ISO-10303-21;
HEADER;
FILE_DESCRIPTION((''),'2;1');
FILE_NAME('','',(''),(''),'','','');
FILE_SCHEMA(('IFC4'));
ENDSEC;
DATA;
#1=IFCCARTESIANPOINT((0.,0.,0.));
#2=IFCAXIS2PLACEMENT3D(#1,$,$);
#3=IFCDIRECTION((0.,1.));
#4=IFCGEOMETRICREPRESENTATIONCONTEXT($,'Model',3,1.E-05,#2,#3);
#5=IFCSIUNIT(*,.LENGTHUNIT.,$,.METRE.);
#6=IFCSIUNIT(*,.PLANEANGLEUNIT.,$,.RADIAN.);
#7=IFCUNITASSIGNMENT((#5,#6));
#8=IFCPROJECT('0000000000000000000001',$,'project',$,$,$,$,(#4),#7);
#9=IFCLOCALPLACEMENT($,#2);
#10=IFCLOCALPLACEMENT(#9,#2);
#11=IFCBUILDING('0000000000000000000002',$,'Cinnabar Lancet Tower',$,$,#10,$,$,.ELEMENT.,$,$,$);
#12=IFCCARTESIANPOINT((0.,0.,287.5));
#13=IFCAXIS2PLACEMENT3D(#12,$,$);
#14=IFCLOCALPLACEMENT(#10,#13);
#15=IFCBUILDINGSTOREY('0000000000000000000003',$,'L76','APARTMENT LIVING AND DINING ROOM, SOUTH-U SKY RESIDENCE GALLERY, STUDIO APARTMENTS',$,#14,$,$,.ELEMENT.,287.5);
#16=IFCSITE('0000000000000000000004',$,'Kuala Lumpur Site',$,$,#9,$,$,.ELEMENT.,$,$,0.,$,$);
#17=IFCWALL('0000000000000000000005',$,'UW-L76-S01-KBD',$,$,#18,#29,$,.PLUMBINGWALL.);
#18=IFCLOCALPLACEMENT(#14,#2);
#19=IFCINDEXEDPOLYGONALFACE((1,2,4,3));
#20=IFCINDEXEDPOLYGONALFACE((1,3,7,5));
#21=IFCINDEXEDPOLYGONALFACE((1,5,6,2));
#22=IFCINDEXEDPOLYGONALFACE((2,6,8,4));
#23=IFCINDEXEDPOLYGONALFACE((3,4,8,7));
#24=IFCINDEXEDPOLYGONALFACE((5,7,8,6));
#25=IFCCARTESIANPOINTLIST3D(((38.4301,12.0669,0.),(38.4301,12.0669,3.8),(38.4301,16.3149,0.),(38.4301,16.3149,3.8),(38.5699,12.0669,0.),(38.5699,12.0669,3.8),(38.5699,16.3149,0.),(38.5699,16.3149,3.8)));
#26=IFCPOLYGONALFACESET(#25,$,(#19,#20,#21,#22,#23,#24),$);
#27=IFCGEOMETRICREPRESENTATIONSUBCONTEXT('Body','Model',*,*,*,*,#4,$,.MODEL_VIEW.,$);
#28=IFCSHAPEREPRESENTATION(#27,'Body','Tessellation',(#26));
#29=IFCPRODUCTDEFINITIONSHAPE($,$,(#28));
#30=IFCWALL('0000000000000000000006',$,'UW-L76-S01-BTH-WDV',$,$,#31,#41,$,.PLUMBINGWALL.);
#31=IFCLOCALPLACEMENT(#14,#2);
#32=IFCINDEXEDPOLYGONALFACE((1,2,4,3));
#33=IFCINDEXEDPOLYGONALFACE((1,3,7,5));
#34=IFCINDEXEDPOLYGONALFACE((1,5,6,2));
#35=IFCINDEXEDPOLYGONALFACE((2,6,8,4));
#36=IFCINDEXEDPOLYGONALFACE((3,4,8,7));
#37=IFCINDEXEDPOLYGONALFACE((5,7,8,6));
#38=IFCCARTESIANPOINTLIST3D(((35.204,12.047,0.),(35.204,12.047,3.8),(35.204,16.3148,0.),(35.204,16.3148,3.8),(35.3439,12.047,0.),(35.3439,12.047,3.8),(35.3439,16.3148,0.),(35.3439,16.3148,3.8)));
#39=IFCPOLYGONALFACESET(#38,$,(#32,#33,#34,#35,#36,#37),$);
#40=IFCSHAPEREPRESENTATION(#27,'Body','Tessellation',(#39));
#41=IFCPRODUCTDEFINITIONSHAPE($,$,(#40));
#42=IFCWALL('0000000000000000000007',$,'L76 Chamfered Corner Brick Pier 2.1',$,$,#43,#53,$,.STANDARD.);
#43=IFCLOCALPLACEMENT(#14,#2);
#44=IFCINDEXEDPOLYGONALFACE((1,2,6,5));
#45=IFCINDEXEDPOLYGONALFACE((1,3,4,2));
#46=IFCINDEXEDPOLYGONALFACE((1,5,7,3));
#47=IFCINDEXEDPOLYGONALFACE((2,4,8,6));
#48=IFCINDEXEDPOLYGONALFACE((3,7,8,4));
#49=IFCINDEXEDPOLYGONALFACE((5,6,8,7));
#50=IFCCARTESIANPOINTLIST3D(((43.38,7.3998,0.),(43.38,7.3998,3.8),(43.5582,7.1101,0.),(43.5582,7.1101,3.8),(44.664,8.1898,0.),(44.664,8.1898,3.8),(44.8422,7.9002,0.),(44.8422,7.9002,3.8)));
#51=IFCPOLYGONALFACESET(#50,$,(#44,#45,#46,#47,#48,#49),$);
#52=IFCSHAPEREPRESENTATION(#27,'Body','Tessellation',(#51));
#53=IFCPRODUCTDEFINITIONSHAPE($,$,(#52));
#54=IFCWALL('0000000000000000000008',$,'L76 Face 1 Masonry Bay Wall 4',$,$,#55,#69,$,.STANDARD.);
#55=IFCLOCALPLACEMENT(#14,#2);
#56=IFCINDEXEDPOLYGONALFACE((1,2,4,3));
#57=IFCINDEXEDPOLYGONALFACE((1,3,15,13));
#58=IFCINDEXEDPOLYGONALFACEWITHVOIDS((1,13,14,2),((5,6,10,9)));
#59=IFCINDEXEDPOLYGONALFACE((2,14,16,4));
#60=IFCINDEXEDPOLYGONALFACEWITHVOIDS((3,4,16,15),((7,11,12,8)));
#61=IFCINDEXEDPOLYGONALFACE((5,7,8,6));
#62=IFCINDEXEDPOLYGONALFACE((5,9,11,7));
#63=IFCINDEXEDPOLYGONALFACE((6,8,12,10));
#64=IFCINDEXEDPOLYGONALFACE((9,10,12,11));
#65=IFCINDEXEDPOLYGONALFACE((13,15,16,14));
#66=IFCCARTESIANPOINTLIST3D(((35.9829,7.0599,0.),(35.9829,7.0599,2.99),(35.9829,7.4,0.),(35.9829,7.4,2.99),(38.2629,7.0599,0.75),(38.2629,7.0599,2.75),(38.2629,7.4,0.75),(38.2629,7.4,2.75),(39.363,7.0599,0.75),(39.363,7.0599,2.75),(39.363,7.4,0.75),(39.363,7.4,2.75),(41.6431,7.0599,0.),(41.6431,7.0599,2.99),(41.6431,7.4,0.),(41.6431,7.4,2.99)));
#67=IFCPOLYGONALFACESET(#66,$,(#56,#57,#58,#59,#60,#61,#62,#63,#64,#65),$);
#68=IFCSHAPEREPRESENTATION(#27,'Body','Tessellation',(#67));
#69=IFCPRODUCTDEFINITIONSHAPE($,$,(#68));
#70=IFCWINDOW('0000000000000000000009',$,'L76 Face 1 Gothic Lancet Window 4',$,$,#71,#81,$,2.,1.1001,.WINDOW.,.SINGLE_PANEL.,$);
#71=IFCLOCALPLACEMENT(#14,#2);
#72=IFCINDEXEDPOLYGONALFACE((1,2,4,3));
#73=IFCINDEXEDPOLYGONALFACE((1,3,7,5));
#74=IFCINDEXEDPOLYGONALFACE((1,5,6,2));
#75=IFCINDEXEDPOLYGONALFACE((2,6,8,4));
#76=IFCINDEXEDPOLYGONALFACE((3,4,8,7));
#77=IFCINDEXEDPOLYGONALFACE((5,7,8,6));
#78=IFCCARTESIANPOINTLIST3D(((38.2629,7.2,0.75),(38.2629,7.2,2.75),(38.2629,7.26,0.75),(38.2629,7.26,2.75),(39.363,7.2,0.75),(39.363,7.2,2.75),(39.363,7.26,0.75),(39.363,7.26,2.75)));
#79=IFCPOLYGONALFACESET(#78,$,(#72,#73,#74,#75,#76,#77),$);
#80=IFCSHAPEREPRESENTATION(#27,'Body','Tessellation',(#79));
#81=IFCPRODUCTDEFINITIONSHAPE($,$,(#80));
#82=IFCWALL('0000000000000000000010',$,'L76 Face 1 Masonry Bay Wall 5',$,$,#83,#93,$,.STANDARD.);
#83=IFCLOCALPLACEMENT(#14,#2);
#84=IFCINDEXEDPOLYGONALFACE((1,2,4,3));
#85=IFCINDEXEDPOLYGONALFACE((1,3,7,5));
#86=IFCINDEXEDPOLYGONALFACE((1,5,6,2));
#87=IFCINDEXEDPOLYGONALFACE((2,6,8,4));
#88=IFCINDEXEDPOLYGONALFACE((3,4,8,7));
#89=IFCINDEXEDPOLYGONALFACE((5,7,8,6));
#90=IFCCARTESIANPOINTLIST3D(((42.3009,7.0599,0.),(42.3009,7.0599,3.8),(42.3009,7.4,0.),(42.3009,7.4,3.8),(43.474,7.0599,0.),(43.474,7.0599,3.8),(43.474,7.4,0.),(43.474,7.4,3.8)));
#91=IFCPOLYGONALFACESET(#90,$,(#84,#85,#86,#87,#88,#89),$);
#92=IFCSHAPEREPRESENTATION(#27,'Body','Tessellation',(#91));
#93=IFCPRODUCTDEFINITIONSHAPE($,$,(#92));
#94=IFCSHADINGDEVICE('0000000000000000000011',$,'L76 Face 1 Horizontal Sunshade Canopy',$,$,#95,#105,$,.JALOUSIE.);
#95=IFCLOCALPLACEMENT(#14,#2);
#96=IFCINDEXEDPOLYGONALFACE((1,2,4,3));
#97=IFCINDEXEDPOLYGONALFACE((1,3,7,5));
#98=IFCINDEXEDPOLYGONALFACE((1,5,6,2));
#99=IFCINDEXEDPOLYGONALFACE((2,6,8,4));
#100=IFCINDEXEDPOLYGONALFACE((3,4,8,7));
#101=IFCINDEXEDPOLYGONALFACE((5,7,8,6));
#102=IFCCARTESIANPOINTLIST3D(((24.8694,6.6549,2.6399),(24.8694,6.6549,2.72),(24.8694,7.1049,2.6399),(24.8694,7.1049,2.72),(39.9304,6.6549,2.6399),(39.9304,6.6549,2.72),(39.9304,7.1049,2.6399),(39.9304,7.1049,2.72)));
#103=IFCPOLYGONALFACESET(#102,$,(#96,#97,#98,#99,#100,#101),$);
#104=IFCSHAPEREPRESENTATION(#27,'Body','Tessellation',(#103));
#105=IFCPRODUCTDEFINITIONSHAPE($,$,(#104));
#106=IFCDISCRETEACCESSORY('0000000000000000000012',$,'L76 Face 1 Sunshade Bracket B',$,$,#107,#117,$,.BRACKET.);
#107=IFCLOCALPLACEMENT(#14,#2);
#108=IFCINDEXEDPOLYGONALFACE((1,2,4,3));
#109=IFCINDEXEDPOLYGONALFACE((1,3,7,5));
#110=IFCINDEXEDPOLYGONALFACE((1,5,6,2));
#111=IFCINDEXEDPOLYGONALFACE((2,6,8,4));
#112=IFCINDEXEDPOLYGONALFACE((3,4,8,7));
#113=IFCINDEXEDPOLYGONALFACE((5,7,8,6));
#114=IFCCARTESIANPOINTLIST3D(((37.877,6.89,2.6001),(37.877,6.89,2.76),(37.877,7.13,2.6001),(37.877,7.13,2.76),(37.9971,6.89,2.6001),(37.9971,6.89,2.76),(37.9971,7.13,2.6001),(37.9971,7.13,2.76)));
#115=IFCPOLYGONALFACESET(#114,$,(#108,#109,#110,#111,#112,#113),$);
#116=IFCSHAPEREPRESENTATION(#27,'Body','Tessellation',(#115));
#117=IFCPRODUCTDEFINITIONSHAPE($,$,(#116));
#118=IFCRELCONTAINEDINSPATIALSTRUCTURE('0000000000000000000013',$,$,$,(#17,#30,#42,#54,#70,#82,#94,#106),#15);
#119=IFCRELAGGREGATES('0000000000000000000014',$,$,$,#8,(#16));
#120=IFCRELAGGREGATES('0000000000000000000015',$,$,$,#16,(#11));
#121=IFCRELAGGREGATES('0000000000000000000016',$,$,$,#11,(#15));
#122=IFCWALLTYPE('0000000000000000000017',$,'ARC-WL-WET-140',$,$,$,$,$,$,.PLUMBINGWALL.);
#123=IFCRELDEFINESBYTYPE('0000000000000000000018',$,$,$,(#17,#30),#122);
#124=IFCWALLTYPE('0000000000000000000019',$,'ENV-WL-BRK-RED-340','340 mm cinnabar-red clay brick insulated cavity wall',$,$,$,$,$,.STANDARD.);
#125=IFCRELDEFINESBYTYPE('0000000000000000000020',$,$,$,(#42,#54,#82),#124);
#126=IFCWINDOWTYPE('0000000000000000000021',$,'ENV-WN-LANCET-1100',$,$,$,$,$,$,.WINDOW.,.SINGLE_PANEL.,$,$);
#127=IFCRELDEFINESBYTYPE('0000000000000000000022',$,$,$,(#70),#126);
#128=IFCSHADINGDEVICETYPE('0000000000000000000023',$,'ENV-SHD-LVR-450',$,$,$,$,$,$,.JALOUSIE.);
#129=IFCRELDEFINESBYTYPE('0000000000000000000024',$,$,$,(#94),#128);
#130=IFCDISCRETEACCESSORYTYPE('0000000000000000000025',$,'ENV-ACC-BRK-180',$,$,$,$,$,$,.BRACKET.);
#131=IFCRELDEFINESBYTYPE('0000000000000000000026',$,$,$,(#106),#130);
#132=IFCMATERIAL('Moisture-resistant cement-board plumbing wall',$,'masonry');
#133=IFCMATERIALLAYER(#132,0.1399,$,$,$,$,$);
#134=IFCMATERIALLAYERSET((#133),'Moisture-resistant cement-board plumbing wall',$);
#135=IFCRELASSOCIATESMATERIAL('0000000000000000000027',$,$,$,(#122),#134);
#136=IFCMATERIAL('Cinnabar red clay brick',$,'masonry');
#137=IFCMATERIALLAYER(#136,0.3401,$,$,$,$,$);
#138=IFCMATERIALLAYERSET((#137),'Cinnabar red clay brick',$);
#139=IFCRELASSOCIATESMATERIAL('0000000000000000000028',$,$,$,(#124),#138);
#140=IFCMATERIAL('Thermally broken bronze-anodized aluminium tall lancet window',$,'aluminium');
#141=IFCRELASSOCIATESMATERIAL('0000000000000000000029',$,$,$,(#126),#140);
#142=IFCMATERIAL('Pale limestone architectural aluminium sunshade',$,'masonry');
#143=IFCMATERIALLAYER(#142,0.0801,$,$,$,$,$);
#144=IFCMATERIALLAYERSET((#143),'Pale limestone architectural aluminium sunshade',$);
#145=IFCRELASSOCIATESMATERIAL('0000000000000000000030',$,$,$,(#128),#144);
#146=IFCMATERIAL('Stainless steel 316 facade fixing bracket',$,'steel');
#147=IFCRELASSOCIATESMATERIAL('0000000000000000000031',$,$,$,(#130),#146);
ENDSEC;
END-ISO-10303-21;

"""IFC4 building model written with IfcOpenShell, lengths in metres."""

from ifc_helpers import new_model, si_unit, direction, frame, frame_2d, origin, origin_2d, place, context, subcontext, project, spatial, rectangle, extrude, material, layer, layer_set, type_object, element, fill, save


model = new_model("IFC4")

# Units and contexts
model_context = context("Model", 3, precision=1e-05, world=origin(), true_north=direction((0.0, 1.0)))
body_context = subcontext(model_context, "Body", "Model", "MODEL_VIEW")
ifc_project = project(units=[si_unit("LENGTHUNIT", "METRE"), si_unit("PLANEANGLEUNIT", "RADIAN")], contexts=[model_context])

# Site, building, storey
site_placement = place(None, origin())
site = spatial("IfcSite", under=ifc_project, at=site_placement, Name="Kuala Lumpur Site", CompositionType="ELEMENT", RefElevation=0.0)
building_placement = place(site_placement, origin())
building = spatial("IfcBuilding", under=site, at=building_placement, Name="Cinnabar Lancet Tower", CompositionType="ELEMENT")
storey_placement = place(building_placement, frame((0.0, 0.0, 287.5)))
storey = spatial("IfcBuildingStorey", under=building, at=storey_placement, Name="L76", Description="APARTMENT LIVING AND DINING ROOM, SOUTH-U SKY RESIDENCE GALLERY, STUDIO APARTMENTS", CompositionType="ELEMENT", Elevation=287.5)

# Walls
ifc_material_1 = material(Name="Moisture-resistant cement-board plumbing wall", Category="masonry")
ifc_layer_1 = layer(ifc_material_1, 0.1399)
ifc_layer_set_1 = layer_set([ifc_layer_1], Name="Moisture-resistant cement-board plumbing wall")
wall_type_1 = type_object("IfcWallType", Name="ARC-WL-WET-140", PredefinedType="PLUMBINGWALL", material=ifc_layer_set_1)
wall_1_placement = place(storey_placement, frame((38.5, 12.0669, 0.0), z_axis=(0.0, 0.0, 1.0), x_axis=(0.0, 1.0, 0.0)))
element("IfcWall", 1, at=wall_1_placement, inside=storey, type_object=wall_type_1, Name="UW-L76-S01-KBD", PredefinedType="PLUMBINGWALL", context=body_context, shape_type="SweptSolid", body=[
    extrude(rectangle(XDim=4.248, YDim=0.1399, at=frame_2d((2.124, 0.0))), origin(), (0.0, 0.0, 1.0), 3.8),
])
wall_2_placement = place(storey_placement, frame((35.2739, 12.0471, 0.0), z_axis=(0.0, 0.0, 1.0), x_axis=(0.0, 1.0, 0.0)))
element("IfcWall", 2, at=wall_2_placement, inside=storey, type_object=wall_type_1, Name="UW-L76-S01-BTH-WDV", PredefinedType="PLUMBINGWALL", context=body_context, shape_type="SweptSolid", body=[
    extrude(rectangle(XDim=4.2678, YDim=0.1399, at=frame_2d((2.1338, 0.0))), origin(), (0.0, 0.0, 1.0), 3.8),
])
ifc_material_2 = material(Name="Cinnabar red clay brick", Category="masonry")
ifc_layer_2 = layer(ifc_material_2, 0.3401)
ifc_layer_set_2 = layer_set([ifc_layer_2], Name="Cinnabar red clay brick")
wall_type_2 = type_object("IfcWallType", Name="ENV-WL-BRK-RED-340", Description="340 mm cinnabar-red clay brick insulated cavity wall", PredefinedType="STANDARD", material=ifc_layer_set_2)
wall_3_placement = place(storey_placement, frame((43.469, 7.2549, 0.0), z_axis=(0.0, 0.0, 1.0), x_axis=(0.851681, 0.524061, 0.0)))
element("IfcWall", 3, at=wall_3_placement, inside=storey, type_object=wall_type_2, Name="L76 Chamfered Corner Brick Pier 2.1", PredefinedType="STANDARD", context=body_context, shape_type="SweptSolid", body=[
    extrude(rectangle(XDim=1.5076, YDim=0.3401, at=frame_2d((0.7539, 0.0))), origin(), (0.0, 0.0, 1.0), 3.8),
])

# Wall, opening, window
wall_4_placement = place(storey_placement, frame((35.9829, 7.23, 0.0), z_axis=(0.0, 0.0, 1.0), x_axis=(1.0, 0.0, 0.0)))
wall_4 = element("IfcWall", 4, at=wall_4_placement, inside=storey, type_object=wall_type_2, Name="L76 Face 1 Masonry Bay Wall 4", PredefinedType="STANDARD", context=body_context, shape_type="SweptSolid", body=[
    extrude(rectangle(XDim=5.6602, YDim=0.3401, at=frame_2d((2.8301, 0.0))), origin(), (0.0, 0.0, 1.0), 2.99),
])
opening_placement = place(wall_4_placement, frame((2.28, 0.0, 0.75)))
opening = element("IfcOpeningElement", 5, at=opening_placement, cuts=wall_4, PredefinedType="OPENING", context=body_context, shape_type="SweptSolid", body=[
    extrude(rectangle(XDim=1.1001, YDim=2.0, at=frame_2d((0.55, 1.0))), frame((0.0, 0.1799, 0.0), z_axis=(0.0, -1.0, 0.0), x_axis=(1.0, 0.0, 0.0)), (0.0, 0.0, 1.0), 0.3601),
])
ifc_material_3 = material(Name="Thermally broken bronze-anodized aluminium tall lancet window", Category="aluminium")
window_type = type_object("IfcWindowType", Name="ENV-WN-LANCET-1100", PartitioningType="SINGLE_PANEL", PredefinedType="WINDOW", material=ifc_material_3)
window_placement = place(opening_placement, origin())
window = element("IfcWindow", 6, at=window_placement, inside=storey, type_object=window_type, Name="L76 Face 1 Gothic Lancet Window 4", OverallHeight=2.0, OverallWidth=1.1001, PartitioningType="SINGLE_PANEL", PredefinedType="WINDOW", context=body_context, shape_type="SweptSolid", body=[
    extrude(rectangle(XDim=1.1001, YDim=2.0, at=frame_2d((0.55, 1.0))), frame((0.0, 0.03, 0.0), z_axis=(0.0, -1.0, 0.0), x_axis=(1.0, 0.0, 0.0)), (0.0, 0.0, 1.0), 0.0601),
])
fill(opening, window)

# Wall
wall_5_placement = place(storey_placement, frame((42.301, 7.23, 0.0), z_axis=(0.0, 0.0, 1.0), x_axis=(1.0, 0.0, 0.0)))
element("IfcWall", 7, at=wall_5_placement, inside=storey, type_object=wall_type_2, Name="L76 Face 1 Masonry Bay Wall 5", PredefinedType="STANDARD", context=body_context, shape_type="SweptSolid", body=[
    extrude(rectangle(XDim=1.1731, YDim=0.3401, at=frame_2d((0.5864, 0.0))), origin(), (0.0, 0.0, 1.0), 3.8),
])

# Shading device
ifc_material_4 = material(Name="Pale limestone architectural aluminium sunshade", Category="masonry")
ifc_layer_3 = layer(ifc_material_4, 0.0801)
ifc_layer_set_3 = layer_set([ifc_layer_3], Name="Pale limestone architectural aluminium sunshade")
shading_device_type = type_object("IfcShadingDeviceType", Name="ENV-SHD-LVR-450", PredefinedType="JALOUSIE", material=ifc_layer_set_3)
shading_device_placement = place(storey_placement, frame((32.3999, 6.8799, 2.6399), z_axis=(0.0, 0.0, 1.0), x_axis=(1.0, 0.0, 0.0)))
element("IfcShadingDevice", 8, at=shading_device_placement, inside=storey, type_object=shading_device_type, Name="L76 Face 1 Horizontal Sunshade Canopy", PredefinedType="JALOUSIE", context=body_context, shape_type="SweptSolid", body=[
    extrude(rectangle(XDim=15.061, YDim=0.45, at=origin_2d()), origin(), (0.0, 0.0, 1.0), 0.0801),
])

# Discrete accessory
ifc_material_5 = material(Name="Stainless steel 316 facade fixing bracket", Category="steel")
discrete_accessory_type = type_object("IfcDiscreteAccessoryType", Name="ENV-ACC-BRK-180", PredefinedType="BRACKET", material=ifc_material_5)
discrete_accessory_placement = place(storey_placement, frame((37.937, 7.01, 2.6001), z_axis=(0.0, 0.0, 1.0), x_axis=(1.0, 0.0, 0.0)))
element("IfcDiscreteAccessory", 9, at=discrete_accessory_placement, inside=storey, type_object=discrete_accessory_type, Name="L76 Face 1 Sunshade Bracket B", PredefinedType="BRACKET", context=body_context, shape_type="SweptSolid", body=[
    extrude(rectangle(XDim=0.1201, YDim=0.24, at=origin_2d()), origin(), (0.0, 0.0, 1.0), 0.1599),
])

save(model, "model.ifc")
